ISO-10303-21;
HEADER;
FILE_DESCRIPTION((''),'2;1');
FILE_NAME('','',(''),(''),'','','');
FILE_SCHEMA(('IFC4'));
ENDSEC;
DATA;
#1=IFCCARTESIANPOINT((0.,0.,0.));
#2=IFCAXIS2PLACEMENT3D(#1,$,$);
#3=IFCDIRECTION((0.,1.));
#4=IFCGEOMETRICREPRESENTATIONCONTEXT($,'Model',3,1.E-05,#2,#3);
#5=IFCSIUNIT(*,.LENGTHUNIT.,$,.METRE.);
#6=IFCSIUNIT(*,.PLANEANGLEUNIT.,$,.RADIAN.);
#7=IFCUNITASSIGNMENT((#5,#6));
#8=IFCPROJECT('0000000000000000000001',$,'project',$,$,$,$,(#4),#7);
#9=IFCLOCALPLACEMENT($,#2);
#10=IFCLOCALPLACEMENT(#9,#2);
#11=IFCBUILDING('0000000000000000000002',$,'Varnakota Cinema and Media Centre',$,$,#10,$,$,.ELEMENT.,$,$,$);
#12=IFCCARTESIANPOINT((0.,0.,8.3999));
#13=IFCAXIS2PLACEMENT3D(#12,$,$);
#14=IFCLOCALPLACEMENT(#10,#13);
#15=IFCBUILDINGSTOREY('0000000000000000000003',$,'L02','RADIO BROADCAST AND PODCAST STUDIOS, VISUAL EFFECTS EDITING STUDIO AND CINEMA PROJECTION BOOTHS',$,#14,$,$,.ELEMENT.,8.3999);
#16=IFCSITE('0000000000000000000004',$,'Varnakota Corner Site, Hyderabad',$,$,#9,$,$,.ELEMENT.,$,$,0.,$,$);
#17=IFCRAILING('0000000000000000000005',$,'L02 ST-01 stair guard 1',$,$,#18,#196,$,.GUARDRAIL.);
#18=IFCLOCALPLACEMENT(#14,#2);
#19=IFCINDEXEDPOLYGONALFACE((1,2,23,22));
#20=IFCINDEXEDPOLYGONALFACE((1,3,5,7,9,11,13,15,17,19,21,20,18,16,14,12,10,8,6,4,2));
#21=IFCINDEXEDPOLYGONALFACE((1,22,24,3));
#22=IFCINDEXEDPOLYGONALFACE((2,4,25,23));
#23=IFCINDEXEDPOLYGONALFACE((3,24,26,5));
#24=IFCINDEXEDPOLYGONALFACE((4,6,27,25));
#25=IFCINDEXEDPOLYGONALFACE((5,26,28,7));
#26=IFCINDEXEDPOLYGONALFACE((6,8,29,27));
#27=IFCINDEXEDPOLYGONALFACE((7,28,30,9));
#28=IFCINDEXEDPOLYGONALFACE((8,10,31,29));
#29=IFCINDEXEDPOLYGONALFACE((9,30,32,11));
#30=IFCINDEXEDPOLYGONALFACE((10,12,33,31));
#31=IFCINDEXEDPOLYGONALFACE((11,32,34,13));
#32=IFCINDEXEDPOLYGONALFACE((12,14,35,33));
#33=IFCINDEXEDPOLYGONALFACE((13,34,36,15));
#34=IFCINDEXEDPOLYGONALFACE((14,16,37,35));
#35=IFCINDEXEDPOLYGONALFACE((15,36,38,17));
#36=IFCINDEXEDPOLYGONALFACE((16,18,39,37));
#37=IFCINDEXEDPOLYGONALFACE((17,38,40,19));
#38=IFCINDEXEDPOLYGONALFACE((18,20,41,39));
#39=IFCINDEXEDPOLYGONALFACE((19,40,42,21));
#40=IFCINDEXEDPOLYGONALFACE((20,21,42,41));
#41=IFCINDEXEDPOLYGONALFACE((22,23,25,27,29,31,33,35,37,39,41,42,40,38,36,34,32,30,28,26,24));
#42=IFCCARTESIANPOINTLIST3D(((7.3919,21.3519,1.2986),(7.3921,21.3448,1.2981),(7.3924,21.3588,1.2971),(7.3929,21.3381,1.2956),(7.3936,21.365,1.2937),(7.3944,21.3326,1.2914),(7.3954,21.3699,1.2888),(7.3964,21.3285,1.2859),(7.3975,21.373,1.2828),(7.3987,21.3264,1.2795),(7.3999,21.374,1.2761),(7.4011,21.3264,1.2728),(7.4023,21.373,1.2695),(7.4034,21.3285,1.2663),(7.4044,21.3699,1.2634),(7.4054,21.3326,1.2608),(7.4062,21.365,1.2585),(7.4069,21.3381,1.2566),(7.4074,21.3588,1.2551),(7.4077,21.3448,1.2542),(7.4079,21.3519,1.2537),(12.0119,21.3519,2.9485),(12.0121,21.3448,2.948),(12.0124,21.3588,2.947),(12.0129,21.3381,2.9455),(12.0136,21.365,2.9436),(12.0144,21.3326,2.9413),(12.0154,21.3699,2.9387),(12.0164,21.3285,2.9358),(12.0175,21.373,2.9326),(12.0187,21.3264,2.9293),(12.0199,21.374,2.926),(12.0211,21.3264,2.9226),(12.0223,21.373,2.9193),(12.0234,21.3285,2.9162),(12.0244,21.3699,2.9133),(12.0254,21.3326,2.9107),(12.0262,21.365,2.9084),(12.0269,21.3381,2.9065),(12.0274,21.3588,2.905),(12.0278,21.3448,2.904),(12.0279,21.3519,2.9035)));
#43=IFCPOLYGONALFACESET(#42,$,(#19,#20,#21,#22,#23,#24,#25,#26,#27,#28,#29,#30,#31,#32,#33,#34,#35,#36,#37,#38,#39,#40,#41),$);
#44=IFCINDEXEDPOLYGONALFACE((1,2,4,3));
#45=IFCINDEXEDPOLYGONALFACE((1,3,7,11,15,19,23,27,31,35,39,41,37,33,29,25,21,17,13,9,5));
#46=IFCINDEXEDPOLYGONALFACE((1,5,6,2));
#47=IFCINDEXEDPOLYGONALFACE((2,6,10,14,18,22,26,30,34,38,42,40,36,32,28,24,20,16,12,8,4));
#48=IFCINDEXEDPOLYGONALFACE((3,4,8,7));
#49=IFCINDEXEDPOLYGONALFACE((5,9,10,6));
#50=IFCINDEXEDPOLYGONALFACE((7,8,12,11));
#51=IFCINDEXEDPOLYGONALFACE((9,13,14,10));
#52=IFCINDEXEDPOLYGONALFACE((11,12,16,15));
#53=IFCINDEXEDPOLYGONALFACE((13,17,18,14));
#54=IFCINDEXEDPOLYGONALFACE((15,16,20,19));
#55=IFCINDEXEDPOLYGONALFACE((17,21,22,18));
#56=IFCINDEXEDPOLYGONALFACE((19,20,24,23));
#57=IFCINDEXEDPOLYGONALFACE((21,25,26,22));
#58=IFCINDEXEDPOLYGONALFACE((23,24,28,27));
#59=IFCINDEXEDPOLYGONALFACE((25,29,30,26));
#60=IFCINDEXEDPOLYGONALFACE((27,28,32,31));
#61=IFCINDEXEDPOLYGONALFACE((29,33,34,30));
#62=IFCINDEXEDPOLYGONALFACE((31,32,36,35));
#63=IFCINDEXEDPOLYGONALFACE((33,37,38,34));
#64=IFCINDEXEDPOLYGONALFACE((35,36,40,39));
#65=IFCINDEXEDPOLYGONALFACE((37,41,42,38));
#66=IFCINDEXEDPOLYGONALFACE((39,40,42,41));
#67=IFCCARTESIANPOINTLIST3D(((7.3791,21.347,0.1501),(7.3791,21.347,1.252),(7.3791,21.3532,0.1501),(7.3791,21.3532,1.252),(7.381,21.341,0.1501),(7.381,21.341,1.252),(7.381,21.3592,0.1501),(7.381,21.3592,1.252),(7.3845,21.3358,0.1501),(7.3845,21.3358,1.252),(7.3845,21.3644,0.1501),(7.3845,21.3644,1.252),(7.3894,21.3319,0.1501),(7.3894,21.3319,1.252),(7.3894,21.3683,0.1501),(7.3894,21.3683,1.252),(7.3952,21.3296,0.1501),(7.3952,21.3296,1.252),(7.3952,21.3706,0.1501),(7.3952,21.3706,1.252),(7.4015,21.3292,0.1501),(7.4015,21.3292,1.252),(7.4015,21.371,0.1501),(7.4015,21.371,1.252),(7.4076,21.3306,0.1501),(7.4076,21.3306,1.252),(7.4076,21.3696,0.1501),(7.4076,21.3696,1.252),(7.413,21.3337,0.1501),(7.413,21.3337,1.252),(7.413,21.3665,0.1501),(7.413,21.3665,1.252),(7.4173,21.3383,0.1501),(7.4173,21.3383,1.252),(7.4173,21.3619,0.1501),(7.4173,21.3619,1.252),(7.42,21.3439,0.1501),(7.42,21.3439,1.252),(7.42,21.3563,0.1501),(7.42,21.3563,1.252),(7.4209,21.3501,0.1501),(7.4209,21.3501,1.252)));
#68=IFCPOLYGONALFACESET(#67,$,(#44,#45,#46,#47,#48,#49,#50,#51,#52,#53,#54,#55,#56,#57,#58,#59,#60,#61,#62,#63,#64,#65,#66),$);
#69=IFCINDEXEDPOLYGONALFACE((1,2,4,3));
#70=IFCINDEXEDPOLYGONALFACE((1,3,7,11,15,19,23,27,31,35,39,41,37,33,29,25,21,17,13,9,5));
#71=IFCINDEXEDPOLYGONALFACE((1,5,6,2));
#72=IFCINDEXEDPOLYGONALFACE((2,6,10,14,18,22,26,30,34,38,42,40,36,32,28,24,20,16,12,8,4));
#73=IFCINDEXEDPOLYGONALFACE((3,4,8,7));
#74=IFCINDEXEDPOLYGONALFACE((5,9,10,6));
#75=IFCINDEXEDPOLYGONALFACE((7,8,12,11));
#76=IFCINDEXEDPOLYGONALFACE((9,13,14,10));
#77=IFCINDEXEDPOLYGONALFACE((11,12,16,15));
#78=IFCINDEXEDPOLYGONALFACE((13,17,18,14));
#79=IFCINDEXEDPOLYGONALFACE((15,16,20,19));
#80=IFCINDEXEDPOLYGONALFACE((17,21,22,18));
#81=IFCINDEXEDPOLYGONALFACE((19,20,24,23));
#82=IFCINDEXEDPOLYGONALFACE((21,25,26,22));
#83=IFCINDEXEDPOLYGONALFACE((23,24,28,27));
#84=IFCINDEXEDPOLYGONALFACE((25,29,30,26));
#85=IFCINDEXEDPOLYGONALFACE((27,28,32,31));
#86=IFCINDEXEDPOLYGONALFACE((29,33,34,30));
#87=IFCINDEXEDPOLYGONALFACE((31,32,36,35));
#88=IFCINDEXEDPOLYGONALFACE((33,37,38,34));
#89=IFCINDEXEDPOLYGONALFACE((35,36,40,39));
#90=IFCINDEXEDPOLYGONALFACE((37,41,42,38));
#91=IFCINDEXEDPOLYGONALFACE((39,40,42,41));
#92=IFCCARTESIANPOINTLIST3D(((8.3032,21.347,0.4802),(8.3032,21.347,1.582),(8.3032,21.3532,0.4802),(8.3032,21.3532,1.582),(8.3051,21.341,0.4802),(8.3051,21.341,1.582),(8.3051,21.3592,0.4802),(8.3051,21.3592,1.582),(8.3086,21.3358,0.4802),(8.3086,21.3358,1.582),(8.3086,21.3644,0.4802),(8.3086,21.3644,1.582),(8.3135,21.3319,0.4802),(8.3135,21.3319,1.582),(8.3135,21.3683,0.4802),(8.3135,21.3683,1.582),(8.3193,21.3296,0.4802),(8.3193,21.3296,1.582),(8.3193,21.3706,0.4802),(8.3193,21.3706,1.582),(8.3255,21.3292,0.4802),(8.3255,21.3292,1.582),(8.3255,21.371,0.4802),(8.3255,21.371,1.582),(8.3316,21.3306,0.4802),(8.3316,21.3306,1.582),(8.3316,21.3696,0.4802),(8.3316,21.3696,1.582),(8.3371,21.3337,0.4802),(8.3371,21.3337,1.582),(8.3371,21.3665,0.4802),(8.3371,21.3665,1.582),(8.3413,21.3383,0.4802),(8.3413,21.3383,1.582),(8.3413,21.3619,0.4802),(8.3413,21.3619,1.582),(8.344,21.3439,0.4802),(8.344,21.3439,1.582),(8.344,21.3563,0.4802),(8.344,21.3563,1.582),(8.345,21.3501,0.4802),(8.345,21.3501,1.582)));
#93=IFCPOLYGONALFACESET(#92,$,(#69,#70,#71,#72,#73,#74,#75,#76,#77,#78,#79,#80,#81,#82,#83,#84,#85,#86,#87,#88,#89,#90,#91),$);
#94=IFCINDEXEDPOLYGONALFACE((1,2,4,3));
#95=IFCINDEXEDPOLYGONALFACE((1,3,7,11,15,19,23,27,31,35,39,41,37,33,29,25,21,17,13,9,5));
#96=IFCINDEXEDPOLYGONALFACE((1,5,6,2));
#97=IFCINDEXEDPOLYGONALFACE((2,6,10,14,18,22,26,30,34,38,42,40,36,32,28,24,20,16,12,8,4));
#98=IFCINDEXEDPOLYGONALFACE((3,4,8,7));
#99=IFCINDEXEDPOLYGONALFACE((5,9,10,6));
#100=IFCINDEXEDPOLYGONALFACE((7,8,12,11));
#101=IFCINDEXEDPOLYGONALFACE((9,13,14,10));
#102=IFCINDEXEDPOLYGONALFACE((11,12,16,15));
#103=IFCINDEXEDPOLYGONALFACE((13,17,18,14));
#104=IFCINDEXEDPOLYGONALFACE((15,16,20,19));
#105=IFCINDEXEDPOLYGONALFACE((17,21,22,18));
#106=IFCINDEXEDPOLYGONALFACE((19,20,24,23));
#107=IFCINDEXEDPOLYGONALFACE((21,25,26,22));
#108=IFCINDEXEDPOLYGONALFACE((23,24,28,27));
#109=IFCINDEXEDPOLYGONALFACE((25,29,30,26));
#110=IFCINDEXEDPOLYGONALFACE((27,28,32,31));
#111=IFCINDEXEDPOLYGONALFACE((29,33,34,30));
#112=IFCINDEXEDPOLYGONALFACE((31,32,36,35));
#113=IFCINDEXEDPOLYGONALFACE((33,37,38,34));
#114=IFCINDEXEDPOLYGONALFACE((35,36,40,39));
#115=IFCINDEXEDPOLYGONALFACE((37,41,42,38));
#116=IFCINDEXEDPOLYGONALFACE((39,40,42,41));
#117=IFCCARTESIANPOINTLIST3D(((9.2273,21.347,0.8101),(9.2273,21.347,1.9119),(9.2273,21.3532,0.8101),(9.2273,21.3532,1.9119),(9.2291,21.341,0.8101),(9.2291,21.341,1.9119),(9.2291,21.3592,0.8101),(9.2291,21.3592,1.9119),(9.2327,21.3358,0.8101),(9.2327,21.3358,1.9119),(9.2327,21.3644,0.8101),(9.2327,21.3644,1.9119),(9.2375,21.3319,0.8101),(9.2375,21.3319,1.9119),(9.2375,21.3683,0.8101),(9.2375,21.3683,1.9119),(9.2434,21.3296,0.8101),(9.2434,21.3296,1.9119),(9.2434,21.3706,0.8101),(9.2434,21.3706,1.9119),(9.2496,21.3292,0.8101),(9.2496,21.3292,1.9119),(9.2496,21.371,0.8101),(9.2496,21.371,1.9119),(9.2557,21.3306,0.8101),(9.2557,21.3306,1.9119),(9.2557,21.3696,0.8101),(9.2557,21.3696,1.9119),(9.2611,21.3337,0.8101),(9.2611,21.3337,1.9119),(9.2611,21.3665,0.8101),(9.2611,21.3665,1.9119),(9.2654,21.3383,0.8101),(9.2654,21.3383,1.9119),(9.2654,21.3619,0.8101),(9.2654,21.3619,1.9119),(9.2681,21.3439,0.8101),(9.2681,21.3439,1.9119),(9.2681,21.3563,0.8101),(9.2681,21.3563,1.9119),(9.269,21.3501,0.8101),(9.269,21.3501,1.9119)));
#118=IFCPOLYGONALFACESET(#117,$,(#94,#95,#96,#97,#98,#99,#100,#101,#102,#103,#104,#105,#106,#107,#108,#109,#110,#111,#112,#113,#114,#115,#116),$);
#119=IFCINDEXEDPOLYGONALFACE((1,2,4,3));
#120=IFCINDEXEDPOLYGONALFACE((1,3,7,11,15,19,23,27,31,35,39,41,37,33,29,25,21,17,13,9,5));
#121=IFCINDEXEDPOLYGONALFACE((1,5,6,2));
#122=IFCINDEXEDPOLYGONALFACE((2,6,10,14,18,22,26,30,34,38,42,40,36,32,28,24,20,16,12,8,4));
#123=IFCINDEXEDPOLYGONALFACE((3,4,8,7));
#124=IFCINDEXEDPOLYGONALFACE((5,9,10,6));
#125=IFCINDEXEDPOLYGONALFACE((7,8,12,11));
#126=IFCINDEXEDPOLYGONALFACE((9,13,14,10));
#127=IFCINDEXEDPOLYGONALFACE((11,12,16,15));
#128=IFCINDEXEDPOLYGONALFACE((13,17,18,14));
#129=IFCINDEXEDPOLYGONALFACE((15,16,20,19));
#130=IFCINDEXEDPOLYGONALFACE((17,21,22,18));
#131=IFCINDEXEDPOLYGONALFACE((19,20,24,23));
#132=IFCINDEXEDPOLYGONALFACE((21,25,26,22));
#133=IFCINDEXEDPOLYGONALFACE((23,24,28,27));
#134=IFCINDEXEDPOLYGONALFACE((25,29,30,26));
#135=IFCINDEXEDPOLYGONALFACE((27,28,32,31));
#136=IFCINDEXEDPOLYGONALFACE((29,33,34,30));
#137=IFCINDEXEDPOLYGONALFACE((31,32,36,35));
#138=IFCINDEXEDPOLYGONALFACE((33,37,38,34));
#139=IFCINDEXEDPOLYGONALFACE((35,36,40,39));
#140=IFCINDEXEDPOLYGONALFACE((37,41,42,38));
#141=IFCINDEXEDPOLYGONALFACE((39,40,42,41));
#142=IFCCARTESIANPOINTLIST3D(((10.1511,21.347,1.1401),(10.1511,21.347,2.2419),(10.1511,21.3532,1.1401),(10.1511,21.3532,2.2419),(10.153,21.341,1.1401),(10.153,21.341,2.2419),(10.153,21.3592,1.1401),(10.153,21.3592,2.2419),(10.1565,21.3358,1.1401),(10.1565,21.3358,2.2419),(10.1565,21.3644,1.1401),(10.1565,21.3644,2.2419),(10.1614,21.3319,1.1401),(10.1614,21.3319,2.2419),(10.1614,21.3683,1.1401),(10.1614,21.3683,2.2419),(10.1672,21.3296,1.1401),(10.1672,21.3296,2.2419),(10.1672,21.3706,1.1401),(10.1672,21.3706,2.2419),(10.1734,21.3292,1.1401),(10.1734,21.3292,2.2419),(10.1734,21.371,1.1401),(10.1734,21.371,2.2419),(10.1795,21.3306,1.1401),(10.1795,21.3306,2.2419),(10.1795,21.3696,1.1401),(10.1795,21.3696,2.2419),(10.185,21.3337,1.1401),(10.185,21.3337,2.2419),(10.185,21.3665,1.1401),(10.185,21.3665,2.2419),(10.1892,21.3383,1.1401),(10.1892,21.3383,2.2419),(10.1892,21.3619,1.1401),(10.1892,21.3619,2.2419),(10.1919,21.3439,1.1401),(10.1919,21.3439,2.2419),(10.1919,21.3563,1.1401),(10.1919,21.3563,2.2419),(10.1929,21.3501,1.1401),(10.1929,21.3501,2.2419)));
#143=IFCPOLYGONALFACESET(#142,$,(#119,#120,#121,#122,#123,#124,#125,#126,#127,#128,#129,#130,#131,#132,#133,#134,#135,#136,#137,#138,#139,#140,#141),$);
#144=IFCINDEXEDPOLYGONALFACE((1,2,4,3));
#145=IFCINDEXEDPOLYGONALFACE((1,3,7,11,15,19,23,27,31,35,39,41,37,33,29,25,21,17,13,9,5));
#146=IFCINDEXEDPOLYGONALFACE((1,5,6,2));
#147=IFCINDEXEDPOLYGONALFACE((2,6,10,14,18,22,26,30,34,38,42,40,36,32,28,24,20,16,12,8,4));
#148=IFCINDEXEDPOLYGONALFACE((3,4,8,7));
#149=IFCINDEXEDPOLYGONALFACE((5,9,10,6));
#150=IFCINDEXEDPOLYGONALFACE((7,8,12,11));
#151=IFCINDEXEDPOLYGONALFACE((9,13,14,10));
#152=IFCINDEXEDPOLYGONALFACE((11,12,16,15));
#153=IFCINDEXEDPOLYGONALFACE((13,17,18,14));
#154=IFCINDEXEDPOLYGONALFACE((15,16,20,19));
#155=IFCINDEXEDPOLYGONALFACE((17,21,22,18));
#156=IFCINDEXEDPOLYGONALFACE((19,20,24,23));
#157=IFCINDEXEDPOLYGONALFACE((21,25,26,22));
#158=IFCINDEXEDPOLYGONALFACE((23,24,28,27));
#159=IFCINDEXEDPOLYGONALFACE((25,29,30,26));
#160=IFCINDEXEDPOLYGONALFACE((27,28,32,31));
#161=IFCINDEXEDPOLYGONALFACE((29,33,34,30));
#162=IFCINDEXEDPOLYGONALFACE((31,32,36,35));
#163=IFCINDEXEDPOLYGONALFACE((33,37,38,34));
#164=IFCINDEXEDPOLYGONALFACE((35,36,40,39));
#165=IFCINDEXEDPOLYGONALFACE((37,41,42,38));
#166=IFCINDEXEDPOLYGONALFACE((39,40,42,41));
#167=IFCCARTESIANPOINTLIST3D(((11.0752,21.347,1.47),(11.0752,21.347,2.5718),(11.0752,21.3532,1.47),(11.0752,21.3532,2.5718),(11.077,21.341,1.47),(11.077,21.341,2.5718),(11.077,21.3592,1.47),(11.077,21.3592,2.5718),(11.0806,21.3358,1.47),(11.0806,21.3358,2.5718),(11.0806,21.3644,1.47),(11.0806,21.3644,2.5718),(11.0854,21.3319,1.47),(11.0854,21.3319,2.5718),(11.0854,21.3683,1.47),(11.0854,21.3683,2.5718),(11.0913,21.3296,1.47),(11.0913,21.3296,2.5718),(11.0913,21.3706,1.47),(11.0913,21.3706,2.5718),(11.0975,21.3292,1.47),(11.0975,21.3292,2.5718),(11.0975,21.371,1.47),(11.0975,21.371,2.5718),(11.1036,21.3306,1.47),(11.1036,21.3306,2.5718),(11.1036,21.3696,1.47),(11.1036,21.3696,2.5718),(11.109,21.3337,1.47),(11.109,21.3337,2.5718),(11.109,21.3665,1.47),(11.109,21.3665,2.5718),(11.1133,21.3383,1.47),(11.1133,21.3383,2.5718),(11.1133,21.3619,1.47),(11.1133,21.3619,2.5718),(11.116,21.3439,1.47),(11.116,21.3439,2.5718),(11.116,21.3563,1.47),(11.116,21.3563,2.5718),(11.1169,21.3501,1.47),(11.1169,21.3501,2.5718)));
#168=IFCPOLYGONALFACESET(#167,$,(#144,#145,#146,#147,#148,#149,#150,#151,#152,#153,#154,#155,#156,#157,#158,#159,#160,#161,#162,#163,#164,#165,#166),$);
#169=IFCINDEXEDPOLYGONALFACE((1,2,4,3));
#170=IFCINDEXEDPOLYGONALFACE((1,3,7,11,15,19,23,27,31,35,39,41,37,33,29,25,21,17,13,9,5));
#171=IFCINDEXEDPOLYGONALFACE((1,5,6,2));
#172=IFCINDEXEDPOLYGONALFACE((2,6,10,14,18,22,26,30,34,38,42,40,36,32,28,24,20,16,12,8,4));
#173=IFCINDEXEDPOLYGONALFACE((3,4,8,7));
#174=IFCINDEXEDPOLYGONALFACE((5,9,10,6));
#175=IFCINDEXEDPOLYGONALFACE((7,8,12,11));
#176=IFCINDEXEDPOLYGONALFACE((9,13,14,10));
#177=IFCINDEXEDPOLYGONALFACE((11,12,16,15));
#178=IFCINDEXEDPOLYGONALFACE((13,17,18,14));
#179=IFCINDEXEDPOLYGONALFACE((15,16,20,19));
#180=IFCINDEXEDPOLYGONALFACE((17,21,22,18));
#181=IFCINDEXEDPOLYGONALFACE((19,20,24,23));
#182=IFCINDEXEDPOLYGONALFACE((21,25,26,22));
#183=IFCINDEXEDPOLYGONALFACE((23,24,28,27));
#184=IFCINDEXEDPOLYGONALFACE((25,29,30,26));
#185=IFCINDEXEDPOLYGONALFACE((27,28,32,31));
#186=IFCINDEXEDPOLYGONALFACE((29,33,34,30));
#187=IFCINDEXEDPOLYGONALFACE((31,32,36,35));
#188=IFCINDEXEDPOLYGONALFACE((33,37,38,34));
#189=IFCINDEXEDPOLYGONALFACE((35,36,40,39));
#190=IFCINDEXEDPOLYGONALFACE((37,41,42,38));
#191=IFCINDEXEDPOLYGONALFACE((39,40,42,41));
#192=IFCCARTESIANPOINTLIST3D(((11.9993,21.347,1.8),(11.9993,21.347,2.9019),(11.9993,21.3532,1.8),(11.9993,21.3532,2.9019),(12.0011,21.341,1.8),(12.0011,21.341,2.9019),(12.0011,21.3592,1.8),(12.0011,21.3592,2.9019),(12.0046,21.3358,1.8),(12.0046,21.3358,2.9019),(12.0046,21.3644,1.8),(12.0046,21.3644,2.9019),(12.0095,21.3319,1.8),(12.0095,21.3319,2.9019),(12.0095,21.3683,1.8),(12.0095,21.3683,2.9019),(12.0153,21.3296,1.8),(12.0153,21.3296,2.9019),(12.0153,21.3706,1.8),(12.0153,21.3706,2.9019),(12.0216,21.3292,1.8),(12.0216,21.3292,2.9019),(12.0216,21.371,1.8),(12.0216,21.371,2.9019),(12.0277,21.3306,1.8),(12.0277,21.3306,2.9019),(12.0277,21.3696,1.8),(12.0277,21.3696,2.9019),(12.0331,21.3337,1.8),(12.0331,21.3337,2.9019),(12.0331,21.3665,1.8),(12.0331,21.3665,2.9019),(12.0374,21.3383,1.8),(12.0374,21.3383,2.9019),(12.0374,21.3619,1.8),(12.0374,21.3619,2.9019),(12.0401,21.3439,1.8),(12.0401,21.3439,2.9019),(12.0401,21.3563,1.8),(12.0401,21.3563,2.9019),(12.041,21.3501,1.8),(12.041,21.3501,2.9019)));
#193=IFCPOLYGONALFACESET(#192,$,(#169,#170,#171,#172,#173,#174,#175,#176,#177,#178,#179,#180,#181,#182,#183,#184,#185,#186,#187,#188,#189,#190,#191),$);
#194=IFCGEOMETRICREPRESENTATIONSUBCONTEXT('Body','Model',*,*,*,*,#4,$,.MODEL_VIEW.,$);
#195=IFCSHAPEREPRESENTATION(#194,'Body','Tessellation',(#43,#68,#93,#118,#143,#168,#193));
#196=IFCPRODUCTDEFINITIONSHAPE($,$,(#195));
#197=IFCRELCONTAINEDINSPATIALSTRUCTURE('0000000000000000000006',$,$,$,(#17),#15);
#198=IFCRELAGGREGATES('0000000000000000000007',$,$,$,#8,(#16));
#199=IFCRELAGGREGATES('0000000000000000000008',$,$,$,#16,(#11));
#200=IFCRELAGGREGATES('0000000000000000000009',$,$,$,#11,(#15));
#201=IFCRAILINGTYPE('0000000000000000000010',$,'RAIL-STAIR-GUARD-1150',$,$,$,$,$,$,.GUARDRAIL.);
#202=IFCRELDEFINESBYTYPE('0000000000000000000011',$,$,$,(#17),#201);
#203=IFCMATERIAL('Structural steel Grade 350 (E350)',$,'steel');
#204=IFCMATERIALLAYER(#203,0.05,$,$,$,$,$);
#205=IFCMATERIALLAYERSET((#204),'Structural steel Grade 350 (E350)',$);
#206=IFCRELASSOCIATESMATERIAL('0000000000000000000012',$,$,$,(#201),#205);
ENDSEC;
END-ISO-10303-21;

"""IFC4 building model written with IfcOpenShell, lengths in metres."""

from ifc_helpers import new_model, si_unit, direction, frame, origin, origin_2d, place, context, subcontext, project, spatial, circle, extrude, material, layer, layer_set, type_object, element, save


model = new_model("IFC4")

# Units and contexts
model_context = context("Model", 3, precision=1e-05, world=origin(), true_north=direction((0.0, 1.0)))
body_context = subcontext(model_context, "Body", "Model", "MODEL_VIEW")
ifc_project = project(units=[si_unit("LENGTHUNIT", "METRE"), si_unit("PLANEANGLEUNIT", "RADIAN")], contexts=[model_context])

# Site, building, storey
site_placement = place(None, origin())
site = spatial("IfcSite", under=ifc_project, at=site_placement, Name="Varnakota Corner Site, Hyderabad", CompositionType="ELEMENT", RefElevation=0.0)
building_placement = place(site_placement, origin())
building = spatial("IfcBuilding", under=site, at=building_placement, Name="Varnakota Cinema and Media Centre", CompositionType="ELEMENT")
storey_placement = place(building_placement, frame((0.0, 0.0, 8.3999)))
storey = spatial("IfcBuildingStorey", under=building, at=storey_placement, Name="L02", Description="RADIO BROADCAST AND PODCAST STUDIOS, VISUAL EFFECTS EDITING STUDIO AND CINEMA PROJECTION BOOTHS", CompositionType="ELEMENT", Elevation=8.3999)

# Railing
ifc_material_1 = material(Name="Structural steel Grade 350 (E350)", Category="steel")
ifc_layer_1 = layer(ifc_material_1, 0.05)
ifc_layer_set_1 = layer_set([ifc_layer_1], Name="Structural steel Grade 350 (E350)")
railing_type_1 = type_object("IfcRailingType", Name="RAIL-STAIR-GUARD-1150", PredefinedType="GUARDRAIL", material=ifc_layer_set_1)
railing_1_placement = place(storey_placement, frame((7.3999, 21.3501, 0.1501)))
element("IfcRailing", 1, at=railing_1_placement, inside=storey, type_object=railing_type_1, Name="L02 ST-01 stair guard 1", PredefinedType="GUARDRAIL", context=body_context, shape_type="SweptSolid", body=[
    extrude(circle(Radius=0.0239, at=origin_2d()), frame((0.0, 0.0, 1.126), z_axis=(0.941751, 0.0, 0.336311), x_axis=(0.0, 1.0, 0.0)), (0.0, 0.0, 1.0), 4.9058),
    extrude(circle(Radius=0.021, at=origin_2d()), origin(), (0.0, 0.0, 1.0), 1.1018),
    extrude(circle(Radius=0.021, at=origin_2d()), frame((0.9241, 0.0, 0.3301)), (0.0, 0.0, 1.0), 1.1018),
    extrude(circle(Radius=0.021, at=origin_2d()), frame((1.8481, 0.0, 0.6599)), (0.0, 0.0, 1.0), 1.1018),
    extrude(circle(Radius=0.021, at=origin_2d()), frame((2.772, 0.0, 0.99)), (0.0, 0.0, 1.0), 1.1018),
    extrude(circle(Radius=0.021, at=origin_2d()), frame((3.696, 0.0, 1.3198)), (0.0, 0.0, 1.0), 1.1018),
    extrude(circle(Radius=0.021, at=origin_2d()), frame((4.6201, 0.0, 1.6499)), (0.0, 0.0, 1.0), 1.1018),
])

save(model, "model.ifc")
